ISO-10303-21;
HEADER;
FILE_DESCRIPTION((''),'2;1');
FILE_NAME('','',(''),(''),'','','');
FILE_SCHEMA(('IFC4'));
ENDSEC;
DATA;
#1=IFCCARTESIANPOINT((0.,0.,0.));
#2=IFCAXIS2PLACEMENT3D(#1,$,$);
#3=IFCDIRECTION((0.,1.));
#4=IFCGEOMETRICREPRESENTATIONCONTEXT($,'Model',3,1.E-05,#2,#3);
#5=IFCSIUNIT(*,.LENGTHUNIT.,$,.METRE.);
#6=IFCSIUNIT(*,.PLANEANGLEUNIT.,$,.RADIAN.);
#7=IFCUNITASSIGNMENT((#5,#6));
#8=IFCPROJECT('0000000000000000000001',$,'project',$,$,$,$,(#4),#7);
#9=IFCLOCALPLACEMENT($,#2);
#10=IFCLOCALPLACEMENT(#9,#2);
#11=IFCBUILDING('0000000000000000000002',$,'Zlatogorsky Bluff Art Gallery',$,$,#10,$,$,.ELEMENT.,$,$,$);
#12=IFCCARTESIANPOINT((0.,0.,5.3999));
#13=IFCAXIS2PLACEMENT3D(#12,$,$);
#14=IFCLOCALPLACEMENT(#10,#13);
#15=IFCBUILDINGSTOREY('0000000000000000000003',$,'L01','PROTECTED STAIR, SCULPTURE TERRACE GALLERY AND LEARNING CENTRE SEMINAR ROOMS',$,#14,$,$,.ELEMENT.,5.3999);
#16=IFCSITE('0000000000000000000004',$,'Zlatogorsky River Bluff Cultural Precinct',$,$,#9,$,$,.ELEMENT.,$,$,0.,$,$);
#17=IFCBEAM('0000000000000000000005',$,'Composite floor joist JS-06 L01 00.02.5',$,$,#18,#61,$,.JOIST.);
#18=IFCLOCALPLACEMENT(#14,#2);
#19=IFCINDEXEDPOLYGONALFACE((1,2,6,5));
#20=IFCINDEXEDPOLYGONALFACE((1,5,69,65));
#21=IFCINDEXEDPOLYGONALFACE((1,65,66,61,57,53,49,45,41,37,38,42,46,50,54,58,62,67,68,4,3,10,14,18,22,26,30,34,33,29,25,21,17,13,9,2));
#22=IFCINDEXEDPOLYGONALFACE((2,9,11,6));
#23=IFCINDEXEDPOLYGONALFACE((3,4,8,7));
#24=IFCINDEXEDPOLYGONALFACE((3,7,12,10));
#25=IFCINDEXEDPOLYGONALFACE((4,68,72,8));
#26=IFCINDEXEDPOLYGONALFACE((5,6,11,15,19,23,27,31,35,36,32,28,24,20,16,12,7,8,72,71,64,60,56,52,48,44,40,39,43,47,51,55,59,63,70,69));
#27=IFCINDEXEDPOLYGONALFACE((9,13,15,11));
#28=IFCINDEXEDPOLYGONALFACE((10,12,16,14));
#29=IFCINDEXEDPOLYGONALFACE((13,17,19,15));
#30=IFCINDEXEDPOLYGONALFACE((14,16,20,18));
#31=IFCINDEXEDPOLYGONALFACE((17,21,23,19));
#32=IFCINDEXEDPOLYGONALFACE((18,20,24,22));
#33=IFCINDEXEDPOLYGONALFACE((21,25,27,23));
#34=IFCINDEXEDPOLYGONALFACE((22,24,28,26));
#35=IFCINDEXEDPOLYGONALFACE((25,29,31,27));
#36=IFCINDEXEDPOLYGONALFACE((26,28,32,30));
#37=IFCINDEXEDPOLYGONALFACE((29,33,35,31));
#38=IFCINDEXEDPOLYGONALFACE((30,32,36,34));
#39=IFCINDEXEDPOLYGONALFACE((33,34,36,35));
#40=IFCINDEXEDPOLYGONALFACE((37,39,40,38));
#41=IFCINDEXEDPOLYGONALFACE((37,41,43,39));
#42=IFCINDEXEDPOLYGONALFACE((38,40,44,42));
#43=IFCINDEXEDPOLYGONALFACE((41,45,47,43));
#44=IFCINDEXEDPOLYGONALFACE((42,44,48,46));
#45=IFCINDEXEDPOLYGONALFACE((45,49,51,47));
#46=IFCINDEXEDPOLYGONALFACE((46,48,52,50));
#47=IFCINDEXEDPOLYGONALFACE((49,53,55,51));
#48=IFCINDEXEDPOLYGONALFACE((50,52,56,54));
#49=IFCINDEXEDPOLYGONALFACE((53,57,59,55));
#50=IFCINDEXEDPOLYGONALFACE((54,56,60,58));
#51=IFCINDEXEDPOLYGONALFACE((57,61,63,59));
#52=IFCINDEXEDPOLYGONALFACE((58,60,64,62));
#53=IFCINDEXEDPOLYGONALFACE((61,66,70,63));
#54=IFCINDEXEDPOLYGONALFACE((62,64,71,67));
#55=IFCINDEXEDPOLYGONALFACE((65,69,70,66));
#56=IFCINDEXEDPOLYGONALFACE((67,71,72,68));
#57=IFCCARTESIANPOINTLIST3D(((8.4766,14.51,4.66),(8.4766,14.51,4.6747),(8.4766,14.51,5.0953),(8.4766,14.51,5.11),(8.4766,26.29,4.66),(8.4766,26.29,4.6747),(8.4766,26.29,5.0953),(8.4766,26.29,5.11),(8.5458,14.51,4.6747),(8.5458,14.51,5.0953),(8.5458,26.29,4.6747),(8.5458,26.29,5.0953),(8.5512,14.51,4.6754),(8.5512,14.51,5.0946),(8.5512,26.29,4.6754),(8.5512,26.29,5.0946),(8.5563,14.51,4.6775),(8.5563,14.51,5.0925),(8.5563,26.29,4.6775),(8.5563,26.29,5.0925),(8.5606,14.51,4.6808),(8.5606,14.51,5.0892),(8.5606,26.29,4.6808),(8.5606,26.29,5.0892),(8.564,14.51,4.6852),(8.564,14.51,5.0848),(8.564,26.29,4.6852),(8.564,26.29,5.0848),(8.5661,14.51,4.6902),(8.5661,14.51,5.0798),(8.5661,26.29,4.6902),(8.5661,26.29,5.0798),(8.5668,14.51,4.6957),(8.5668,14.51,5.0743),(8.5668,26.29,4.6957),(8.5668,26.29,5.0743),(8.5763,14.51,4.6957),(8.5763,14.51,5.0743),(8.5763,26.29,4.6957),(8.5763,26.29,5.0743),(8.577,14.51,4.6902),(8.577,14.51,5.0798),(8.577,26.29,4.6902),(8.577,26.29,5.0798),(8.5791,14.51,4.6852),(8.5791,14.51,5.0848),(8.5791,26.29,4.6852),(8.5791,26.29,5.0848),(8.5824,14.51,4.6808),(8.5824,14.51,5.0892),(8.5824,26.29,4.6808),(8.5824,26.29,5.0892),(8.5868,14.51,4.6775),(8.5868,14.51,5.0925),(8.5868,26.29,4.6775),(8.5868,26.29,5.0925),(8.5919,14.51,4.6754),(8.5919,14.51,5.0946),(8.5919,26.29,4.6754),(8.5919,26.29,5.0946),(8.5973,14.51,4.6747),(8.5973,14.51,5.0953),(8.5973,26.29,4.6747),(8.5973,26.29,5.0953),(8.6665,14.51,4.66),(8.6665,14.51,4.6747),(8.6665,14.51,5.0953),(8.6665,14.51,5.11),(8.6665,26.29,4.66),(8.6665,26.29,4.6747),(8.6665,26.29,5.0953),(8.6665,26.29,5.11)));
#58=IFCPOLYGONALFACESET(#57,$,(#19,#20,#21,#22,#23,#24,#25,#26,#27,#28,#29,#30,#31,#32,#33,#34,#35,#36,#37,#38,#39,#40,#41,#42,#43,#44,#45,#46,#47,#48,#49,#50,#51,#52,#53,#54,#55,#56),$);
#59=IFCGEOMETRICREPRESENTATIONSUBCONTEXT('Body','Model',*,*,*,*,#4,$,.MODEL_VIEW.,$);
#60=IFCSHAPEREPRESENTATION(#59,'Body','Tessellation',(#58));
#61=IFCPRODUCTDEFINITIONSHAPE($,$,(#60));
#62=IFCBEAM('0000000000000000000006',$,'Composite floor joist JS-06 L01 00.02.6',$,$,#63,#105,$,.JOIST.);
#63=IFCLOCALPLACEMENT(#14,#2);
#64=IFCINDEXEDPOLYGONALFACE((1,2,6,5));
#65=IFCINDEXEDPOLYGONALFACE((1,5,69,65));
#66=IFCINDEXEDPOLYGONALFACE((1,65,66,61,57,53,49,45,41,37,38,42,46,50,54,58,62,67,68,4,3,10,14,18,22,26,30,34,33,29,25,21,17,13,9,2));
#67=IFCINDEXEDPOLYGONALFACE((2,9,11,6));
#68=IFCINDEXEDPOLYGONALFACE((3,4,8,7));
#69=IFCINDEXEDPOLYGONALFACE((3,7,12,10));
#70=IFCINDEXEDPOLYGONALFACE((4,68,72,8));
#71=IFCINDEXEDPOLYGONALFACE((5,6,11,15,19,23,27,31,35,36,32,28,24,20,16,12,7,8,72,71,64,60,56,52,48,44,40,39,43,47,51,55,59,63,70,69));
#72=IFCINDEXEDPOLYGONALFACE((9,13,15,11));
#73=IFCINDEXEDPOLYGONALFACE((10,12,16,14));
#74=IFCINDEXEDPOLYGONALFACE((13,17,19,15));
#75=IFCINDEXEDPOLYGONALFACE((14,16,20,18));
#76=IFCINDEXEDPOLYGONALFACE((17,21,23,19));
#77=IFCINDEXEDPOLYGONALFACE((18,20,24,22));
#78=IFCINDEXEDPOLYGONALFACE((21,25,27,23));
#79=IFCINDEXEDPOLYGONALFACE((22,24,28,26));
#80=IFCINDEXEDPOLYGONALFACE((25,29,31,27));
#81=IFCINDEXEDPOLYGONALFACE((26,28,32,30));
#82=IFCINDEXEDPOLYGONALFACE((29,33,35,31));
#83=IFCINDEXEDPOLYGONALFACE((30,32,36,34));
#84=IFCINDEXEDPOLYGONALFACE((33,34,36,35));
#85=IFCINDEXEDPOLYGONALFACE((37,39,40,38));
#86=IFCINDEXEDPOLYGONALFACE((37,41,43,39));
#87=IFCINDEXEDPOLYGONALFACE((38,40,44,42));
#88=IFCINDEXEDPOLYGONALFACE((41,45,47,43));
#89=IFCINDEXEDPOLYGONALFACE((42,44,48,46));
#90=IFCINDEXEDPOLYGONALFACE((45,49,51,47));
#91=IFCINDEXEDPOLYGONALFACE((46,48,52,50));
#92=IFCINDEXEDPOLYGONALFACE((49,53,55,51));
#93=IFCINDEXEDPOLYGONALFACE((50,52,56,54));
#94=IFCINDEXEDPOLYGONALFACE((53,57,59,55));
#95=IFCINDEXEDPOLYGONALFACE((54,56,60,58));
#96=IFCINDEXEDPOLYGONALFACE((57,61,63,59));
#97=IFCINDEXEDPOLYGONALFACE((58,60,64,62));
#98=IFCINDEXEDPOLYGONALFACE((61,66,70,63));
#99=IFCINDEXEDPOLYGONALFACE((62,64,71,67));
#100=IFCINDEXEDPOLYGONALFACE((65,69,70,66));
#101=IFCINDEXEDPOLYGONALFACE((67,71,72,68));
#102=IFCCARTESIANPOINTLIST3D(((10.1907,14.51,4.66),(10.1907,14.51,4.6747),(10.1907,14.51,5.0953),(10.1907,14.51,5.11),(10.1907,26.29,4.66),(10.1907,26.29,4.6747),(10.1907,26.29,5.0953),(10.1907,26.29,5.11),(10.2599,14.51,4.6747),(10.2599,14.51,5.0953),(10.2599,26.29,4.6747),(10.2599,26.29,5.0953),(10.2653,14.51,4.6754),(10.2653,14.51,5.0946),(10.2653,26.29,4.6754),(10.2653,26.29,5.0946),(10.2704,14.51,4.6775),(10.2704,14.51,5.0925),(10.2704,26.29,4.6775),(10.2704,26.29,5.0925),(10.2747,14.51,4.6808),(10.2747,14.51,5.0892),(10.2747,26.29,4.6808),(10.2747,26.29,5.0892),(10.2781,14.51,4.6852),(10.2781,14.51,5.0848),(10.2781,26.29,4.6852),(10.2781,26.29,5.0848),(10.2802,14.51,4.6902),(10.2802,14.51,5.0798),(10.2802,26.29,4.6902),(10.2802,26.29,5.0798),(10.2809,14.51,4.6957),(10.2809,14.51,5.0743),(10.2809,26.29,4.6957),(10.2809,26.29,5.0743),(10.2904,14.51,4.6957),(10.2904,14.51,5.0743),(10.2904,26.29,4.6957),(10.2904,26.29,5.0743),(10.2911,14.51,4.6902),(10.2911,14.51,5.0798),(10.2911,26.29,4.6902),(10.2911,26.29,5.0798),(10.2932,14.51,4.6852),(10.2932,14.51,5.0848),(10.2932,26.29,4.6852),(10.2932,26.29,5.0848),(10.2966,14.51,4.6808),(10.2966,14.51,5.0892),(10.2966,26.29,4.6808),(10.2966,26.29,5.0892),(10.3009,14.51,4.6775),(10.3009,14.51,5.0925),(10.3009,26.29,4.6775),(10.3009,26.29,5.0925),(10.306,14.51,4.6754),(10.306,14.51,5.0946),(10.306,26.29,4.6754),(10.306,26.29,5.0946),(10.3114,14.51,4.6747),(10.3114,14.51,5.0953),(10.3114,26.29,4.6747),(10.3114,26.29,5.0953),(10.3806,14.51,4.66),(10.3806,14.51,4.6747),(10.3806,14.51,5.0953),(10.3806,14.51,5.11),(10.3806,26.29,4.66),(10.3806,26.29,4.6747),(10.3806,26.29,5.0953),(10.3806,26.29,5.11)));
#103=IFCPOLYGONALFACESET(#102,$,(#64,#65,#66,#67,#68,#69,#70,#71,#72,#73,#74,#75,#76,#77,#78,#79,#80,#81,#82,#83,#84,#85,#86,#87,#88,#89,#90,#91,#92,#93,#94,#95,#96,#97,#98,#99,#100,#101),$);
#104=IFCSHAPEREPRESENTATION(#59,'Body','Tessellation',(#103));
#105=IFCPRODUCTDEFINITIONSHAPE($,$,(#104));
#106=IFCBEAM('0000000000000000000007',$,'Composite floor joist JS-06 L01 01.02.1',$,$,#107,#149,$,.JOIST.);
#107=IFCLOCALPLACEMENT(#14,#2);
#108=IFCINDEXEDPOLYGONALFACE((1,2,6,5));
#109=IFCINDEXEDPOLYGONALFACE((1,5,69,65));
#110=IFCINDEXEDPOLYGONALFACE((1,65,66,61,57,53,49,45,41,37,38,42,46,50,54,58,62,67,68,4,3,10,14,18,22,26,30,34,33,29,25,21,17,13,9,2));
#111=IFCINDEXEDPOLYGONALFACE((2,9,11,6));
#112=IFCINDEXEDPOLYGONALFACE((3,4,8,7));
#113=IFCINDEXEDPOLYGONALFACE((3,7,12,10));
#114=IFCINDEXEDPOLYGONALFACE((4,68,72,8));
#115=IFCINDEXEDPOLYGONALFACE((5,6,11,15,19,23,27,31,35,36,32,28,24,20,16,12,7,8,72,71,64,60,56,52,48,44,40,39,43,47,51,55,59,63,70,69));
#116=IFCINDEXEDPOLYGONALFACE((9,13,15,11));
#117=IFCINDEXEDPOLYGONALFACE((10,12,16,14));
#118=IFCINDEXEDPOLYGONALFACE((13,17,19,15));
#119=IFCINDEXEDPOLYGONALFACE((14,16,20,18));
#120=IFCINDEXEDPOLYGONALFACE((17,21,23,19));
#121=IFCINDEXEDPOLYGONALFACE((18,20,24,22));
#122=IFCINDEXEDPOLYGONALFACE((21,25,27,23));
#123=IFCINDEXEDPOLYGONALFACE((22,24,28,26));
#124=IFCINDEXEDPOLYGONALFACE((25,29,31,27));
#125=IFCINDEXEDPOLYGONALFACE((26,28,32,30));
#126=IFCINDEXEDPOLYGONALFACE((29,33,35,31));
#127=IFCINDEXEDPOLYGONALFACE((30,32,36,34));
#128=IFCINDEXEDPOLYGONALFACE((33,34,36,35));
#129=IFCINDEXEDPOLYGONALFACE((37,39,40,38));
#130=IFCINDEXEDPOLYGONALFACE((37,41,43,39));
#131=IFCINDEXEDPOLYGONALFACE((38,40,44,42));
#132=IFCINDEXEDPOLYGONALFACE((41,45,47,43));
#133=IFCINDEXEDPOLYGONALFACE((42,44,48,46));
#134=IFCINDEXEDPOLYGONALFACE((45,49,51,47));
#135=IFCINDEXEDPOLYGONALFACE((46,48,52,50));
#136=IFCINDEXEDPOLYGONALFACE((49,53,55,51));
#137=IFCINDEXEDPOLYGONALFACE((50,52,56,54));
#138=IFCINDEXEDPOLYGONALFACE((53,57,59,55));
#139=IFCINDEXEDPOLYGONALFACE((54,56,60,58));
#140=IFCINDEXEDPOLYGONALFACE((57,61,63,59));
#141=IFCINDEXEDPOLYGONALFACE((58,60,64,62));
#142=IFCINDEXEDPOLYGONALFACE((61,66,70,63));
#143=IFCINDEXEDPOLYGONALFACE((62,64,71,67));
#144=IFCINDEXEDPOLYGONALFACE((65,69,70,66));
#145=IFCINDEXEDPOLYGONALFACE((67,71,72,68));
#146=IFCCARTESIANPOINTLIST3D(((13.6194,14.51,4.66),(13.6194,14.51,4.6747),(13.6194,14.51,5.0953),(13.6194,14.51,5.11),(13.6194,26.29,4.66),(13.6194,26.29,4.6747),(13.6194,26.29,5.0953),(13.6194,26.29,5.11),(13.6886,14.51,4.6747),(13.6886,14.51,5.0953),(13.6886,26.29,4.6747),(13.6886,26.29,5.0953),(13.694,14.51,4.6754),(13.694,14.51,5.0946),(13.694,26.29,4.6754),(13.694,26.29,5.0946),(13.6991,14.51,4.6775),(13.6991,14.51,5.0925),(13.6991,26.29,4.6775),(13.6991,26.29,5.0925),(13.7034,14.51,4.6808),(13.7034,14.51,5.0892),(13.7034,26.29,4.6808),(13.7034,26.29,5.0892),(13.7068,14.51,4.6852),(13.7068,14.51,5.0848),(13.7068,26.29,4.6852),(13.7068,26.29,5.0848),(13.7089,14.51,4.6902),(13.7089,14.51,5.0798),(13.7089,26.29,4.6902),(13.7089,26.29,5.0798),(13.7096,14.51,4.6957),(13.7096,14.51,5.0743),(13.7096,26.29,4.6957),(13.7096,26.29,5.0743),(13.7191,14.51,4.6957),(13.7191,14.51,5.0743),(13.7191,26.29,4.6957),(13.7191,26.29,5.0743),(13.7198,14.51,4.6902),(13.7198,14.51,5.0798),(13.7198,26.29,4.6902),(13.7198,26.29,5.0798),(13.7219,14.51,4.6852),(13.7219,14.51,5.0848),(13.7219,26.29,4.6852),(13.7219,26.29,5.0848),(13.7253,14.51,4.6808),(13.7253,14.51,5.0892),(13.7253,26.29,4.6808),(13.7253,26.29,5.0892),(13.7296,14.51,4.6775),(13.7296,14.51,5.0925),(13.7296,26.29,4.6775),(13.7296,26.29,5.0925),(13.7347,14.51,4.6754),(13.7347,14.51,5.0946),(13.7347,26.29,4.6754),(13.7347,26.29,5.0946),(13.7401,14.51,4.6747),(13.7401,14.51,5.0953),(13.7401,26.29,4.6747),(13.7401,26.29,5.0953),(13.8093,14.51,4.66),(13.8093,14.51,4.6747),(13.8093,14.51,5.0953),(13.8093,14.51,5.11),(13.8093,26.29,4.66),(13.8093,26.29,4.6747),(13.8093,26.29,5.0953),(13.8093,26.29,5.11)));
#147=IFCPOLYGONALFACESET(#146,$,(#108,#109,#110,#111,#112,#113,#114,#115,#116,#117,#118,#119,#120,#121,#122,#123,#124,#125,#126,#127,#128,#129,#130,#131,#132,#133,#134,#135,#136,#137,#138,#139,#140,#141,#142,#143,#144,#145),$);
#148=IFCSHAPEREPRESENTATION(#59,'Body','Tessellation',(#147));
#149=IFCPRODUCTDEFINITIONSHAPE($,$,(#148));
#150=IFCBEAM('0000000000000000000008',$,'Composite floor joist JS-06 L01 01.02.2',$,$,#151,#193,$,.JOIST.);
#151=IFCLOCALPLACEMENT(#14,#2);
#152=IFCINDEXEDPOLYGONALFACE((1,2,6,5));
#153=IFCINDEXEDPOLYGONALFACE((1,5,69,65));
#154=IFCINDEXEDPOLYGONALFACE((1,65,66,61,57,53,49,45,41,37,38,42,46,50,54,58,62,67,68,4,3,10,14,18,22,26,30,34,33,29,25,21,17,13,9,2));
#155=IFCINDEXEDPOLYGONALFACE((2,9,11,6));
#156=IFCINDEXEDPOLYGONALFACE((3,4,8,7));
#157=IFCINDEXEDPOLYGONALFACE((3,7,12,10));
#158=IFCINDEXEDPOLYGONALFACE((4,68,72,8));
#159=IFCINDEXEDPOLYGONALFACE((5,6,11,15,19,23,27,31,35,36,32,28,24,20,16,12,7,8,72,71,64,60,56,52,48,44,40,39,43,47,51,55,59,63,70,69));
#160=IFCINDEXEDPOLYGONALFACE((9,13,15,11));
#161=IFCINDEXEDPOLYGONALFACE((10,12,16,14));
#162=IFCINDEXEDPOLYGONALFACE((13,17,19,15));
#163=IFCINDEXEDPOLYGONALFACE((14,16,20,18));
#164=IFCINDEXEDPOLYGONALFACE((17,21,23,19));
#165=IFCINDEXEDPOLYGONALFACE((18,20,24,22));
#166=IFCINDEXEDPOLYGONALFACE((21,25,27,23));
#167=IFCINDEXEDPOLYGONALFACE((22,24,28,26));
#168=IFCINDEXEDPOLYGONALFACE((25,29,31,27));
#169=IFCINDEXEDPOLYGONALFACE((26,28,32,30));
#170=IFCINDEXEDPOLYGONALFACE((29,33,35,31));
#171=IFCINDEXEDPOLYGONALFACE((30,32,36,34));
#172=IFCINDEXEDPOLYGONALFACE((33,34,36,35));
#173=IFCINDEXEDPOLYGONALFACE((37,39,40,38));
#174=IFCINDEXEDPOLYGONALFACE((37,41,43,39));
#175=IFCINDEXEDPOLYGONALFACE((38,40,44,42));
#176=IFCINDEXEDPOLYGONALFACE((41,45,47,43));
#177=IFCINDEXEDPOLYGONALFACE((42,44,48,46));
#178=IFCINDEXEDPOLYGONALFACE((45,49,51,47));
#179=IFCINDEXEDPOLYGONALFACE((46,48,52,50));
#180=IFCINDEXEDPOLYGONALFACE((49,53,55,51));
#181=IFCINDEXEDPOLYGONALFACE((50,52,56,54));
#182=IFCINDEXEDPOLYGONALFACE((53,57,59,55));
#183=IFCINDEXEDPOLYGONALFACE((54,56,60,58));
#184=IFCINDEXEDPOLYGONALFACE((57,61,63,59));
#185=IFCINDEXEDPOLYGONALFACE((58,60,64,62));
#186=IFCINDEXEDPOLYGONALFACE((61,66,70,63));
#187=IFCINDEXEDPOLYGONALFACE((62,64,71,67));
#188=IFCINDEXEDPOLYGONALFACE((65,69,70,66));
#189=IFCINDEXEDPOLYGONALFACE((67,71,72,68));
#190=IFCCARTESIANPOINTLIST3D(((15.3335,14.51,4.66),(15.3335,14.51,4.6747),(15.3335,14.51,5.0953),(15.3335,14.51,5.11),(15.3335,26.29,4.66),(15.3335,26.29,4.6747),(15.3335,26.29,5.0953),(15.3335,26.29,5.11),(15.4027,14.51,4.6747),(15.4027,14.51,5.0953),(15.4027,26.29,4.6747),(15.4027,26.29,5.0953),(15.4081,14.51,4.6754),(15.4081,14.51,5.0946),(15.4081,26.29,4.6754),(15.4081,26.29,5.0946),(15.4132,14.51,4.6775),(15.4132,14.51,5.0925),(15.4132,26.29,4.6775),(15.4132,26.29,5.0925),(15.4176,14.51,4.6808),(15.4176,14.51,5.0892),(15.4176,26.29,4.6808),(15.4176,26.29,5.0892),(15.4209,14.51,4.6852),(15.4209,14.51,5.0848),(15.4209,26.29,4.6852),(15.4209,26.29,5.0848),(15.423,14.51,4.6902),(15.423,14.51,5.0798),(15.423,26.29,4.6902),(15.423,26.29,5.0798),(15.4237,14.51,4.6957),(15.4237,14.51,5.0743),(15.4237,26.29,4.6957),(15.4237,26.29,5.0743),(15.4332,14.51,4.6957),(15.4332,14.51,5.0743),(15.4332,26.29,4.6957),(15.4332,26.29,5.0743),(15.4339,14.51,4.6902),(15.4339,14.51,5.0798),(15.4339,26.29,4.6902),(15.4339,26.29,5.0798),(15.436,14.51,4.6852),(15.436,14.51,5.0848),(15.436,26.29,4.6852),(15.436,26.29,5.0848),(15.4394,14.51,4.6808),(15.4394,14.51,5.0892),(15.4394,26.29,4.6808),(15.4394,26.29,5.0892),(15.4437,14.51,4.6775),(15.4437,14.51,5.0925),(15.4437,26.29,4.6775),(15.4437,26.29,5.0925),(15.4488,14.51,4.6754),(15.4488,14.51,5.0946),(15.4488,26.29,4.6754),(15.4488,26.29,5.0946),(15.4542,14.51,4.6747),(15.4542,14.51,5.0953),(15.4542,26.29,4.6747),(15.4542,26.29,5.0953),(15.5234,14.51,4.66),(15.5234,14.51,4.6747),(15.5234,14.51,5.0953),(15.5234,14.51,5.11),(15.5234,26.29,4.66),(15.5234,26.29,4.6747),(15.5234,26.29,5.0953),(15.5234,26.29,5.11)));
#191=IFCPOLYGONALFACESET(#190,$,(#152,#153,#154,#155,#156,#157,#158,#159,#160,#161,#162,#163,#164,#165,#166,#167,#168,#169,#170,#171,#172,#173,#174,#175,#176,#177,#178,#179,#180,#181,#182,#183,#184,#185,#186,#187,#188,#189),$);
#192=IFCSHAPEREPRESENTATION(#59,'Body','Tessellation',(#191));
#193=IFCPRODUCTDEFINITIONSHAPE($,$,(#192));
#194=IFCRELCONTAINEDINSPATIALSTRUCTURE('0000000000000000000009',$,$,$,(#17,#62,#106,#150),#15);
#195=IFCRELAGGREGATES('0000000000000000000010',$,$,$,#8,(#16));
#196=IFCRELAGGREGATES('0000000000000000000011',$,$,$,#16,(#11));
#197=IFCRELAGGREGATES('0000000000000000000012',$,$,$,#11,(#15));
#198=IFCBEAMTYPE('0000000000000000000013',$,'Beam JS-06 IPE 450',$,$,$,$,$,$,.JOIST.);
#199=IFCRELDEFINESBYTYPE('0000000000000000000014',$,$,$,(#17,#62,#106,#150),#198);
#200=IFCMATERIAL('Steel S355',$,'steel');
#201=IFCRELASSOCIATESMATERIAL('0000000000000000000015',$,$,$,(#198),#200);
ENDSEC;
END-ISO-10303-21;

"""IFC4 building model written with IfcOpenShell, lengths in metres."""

from ifc_helpers import new_model, si_unit, direction, frame, origin, origin_2d, place, context, subcontext, project, spatial, i_section, extrude, material, material_profile, profile_set, type_object, element, save


model = new_model("IFC4")

# Units and contexts
model_context = context("Model", 3, precision=1e-05, world=origin(), true_north=direction((0.0, 1.0)))
body_context = subcontext(model_context, "Body", "Model", "MODEL_VIEW")
ifc_project = project(units=[si_unit("LENGTHUNIT", "METRE"), si_unit("PLANEANGLEUNIT", "RADIAN")], contexts=[model_context])

# Site, building, storey
site_placement = place(None, origin())
site = spatial("IfcSite", under=ifc_project, at=site_placement, Name="Zlatogorsky River Bluff Cultural Precinct", CompositionType="ELEMENT", RefElevation=0.0)
building_placement = place(site_placement, origin())
building = spatial("IfcBuilding", under=site, at=building_placement, Name="Zlatogorsky Bluff Art Gallery", CompositionType="ELEMENT")
storey_placement = place(building_placement, frame((0.0, 0.0, 5.3999)))
storey = spatial("IfcBuildingStorey", under=building, at=storey_placement, Name="L01", Description="PROTECTED STAIR, SCULPTURE TERRACE GALLERY AND LEARNING CENTRE SEMINAR ROOMS", CompositionType="ELEMENT", Elevation=5.3999)

# Shared definitions
ifc_material_1 = material(Name="Steel S355", Category="steel")

# Beams
ifc_material_profile_1 = material_profile(ifc_material_1, i_section(OverallWidth=0.1899, OverallDepth=0.45, WebThickness=0.0095, FlangeThickness=0.0146, FilletRadius=0.021, at=origin_2d()), Name="IPE 450")
ifc_profile_set_1 = profile_set([ifc_material_profile_1], Name="Steel S355")
beam_type_1 = type_object("IfcBeamType", Name="Beam JS-06 IPE 450", PredefinedType="JOIST", material=ifc_profile_set_1)
for number, where, z_axis, x_axis, name in (
    (1, (8.5715, 14.51, 4.885), (0.0, 1.0, 0.0), (-1.0, 0.0, 0.0), "Composite floor joist JS-06 L01 00.02.5"),
    (2, (10.2856, 14.51, 4.885), (0.0, 1.0, 0.0), (-1.0, 0.0, 0.0), "Composite floor joist JS-06 L01 00.02.6"),
    (3, (13.7144, 14.51, 4.885), (0.0, 1.0, 0.0), (-1.0, 0.0, 0.0), "Composite floor joist JS-06 L01 01.02.1"),
    (4, (15.4285, 14.51, 4.885), (0.0, 1.0, 0.0), (-1.0, 0.0, 0.0), "Composite floor joist JS-06 L01 01.02.2"),
):
    element("IfcBeam", number, at=place(storey_placement, frame(where, z_axis=z_axis, x_axis=x_axis)), inside=storey, type_object=beam_type_1, Name=name, PredefinedType="JOIST", context=body_context, shape_type="SweptSolid", body=[
        extrude(i_section(OverallWidth=0.1899, OverallDepth=0.45, WebThickness=0.0095, FlangeThickness=0.0146, FilletRadius=0.021, at=origin_2d()), origin(), (0.0, 0.0, 1.0), 11.78),
    ])

save(model, "model.ifc")
